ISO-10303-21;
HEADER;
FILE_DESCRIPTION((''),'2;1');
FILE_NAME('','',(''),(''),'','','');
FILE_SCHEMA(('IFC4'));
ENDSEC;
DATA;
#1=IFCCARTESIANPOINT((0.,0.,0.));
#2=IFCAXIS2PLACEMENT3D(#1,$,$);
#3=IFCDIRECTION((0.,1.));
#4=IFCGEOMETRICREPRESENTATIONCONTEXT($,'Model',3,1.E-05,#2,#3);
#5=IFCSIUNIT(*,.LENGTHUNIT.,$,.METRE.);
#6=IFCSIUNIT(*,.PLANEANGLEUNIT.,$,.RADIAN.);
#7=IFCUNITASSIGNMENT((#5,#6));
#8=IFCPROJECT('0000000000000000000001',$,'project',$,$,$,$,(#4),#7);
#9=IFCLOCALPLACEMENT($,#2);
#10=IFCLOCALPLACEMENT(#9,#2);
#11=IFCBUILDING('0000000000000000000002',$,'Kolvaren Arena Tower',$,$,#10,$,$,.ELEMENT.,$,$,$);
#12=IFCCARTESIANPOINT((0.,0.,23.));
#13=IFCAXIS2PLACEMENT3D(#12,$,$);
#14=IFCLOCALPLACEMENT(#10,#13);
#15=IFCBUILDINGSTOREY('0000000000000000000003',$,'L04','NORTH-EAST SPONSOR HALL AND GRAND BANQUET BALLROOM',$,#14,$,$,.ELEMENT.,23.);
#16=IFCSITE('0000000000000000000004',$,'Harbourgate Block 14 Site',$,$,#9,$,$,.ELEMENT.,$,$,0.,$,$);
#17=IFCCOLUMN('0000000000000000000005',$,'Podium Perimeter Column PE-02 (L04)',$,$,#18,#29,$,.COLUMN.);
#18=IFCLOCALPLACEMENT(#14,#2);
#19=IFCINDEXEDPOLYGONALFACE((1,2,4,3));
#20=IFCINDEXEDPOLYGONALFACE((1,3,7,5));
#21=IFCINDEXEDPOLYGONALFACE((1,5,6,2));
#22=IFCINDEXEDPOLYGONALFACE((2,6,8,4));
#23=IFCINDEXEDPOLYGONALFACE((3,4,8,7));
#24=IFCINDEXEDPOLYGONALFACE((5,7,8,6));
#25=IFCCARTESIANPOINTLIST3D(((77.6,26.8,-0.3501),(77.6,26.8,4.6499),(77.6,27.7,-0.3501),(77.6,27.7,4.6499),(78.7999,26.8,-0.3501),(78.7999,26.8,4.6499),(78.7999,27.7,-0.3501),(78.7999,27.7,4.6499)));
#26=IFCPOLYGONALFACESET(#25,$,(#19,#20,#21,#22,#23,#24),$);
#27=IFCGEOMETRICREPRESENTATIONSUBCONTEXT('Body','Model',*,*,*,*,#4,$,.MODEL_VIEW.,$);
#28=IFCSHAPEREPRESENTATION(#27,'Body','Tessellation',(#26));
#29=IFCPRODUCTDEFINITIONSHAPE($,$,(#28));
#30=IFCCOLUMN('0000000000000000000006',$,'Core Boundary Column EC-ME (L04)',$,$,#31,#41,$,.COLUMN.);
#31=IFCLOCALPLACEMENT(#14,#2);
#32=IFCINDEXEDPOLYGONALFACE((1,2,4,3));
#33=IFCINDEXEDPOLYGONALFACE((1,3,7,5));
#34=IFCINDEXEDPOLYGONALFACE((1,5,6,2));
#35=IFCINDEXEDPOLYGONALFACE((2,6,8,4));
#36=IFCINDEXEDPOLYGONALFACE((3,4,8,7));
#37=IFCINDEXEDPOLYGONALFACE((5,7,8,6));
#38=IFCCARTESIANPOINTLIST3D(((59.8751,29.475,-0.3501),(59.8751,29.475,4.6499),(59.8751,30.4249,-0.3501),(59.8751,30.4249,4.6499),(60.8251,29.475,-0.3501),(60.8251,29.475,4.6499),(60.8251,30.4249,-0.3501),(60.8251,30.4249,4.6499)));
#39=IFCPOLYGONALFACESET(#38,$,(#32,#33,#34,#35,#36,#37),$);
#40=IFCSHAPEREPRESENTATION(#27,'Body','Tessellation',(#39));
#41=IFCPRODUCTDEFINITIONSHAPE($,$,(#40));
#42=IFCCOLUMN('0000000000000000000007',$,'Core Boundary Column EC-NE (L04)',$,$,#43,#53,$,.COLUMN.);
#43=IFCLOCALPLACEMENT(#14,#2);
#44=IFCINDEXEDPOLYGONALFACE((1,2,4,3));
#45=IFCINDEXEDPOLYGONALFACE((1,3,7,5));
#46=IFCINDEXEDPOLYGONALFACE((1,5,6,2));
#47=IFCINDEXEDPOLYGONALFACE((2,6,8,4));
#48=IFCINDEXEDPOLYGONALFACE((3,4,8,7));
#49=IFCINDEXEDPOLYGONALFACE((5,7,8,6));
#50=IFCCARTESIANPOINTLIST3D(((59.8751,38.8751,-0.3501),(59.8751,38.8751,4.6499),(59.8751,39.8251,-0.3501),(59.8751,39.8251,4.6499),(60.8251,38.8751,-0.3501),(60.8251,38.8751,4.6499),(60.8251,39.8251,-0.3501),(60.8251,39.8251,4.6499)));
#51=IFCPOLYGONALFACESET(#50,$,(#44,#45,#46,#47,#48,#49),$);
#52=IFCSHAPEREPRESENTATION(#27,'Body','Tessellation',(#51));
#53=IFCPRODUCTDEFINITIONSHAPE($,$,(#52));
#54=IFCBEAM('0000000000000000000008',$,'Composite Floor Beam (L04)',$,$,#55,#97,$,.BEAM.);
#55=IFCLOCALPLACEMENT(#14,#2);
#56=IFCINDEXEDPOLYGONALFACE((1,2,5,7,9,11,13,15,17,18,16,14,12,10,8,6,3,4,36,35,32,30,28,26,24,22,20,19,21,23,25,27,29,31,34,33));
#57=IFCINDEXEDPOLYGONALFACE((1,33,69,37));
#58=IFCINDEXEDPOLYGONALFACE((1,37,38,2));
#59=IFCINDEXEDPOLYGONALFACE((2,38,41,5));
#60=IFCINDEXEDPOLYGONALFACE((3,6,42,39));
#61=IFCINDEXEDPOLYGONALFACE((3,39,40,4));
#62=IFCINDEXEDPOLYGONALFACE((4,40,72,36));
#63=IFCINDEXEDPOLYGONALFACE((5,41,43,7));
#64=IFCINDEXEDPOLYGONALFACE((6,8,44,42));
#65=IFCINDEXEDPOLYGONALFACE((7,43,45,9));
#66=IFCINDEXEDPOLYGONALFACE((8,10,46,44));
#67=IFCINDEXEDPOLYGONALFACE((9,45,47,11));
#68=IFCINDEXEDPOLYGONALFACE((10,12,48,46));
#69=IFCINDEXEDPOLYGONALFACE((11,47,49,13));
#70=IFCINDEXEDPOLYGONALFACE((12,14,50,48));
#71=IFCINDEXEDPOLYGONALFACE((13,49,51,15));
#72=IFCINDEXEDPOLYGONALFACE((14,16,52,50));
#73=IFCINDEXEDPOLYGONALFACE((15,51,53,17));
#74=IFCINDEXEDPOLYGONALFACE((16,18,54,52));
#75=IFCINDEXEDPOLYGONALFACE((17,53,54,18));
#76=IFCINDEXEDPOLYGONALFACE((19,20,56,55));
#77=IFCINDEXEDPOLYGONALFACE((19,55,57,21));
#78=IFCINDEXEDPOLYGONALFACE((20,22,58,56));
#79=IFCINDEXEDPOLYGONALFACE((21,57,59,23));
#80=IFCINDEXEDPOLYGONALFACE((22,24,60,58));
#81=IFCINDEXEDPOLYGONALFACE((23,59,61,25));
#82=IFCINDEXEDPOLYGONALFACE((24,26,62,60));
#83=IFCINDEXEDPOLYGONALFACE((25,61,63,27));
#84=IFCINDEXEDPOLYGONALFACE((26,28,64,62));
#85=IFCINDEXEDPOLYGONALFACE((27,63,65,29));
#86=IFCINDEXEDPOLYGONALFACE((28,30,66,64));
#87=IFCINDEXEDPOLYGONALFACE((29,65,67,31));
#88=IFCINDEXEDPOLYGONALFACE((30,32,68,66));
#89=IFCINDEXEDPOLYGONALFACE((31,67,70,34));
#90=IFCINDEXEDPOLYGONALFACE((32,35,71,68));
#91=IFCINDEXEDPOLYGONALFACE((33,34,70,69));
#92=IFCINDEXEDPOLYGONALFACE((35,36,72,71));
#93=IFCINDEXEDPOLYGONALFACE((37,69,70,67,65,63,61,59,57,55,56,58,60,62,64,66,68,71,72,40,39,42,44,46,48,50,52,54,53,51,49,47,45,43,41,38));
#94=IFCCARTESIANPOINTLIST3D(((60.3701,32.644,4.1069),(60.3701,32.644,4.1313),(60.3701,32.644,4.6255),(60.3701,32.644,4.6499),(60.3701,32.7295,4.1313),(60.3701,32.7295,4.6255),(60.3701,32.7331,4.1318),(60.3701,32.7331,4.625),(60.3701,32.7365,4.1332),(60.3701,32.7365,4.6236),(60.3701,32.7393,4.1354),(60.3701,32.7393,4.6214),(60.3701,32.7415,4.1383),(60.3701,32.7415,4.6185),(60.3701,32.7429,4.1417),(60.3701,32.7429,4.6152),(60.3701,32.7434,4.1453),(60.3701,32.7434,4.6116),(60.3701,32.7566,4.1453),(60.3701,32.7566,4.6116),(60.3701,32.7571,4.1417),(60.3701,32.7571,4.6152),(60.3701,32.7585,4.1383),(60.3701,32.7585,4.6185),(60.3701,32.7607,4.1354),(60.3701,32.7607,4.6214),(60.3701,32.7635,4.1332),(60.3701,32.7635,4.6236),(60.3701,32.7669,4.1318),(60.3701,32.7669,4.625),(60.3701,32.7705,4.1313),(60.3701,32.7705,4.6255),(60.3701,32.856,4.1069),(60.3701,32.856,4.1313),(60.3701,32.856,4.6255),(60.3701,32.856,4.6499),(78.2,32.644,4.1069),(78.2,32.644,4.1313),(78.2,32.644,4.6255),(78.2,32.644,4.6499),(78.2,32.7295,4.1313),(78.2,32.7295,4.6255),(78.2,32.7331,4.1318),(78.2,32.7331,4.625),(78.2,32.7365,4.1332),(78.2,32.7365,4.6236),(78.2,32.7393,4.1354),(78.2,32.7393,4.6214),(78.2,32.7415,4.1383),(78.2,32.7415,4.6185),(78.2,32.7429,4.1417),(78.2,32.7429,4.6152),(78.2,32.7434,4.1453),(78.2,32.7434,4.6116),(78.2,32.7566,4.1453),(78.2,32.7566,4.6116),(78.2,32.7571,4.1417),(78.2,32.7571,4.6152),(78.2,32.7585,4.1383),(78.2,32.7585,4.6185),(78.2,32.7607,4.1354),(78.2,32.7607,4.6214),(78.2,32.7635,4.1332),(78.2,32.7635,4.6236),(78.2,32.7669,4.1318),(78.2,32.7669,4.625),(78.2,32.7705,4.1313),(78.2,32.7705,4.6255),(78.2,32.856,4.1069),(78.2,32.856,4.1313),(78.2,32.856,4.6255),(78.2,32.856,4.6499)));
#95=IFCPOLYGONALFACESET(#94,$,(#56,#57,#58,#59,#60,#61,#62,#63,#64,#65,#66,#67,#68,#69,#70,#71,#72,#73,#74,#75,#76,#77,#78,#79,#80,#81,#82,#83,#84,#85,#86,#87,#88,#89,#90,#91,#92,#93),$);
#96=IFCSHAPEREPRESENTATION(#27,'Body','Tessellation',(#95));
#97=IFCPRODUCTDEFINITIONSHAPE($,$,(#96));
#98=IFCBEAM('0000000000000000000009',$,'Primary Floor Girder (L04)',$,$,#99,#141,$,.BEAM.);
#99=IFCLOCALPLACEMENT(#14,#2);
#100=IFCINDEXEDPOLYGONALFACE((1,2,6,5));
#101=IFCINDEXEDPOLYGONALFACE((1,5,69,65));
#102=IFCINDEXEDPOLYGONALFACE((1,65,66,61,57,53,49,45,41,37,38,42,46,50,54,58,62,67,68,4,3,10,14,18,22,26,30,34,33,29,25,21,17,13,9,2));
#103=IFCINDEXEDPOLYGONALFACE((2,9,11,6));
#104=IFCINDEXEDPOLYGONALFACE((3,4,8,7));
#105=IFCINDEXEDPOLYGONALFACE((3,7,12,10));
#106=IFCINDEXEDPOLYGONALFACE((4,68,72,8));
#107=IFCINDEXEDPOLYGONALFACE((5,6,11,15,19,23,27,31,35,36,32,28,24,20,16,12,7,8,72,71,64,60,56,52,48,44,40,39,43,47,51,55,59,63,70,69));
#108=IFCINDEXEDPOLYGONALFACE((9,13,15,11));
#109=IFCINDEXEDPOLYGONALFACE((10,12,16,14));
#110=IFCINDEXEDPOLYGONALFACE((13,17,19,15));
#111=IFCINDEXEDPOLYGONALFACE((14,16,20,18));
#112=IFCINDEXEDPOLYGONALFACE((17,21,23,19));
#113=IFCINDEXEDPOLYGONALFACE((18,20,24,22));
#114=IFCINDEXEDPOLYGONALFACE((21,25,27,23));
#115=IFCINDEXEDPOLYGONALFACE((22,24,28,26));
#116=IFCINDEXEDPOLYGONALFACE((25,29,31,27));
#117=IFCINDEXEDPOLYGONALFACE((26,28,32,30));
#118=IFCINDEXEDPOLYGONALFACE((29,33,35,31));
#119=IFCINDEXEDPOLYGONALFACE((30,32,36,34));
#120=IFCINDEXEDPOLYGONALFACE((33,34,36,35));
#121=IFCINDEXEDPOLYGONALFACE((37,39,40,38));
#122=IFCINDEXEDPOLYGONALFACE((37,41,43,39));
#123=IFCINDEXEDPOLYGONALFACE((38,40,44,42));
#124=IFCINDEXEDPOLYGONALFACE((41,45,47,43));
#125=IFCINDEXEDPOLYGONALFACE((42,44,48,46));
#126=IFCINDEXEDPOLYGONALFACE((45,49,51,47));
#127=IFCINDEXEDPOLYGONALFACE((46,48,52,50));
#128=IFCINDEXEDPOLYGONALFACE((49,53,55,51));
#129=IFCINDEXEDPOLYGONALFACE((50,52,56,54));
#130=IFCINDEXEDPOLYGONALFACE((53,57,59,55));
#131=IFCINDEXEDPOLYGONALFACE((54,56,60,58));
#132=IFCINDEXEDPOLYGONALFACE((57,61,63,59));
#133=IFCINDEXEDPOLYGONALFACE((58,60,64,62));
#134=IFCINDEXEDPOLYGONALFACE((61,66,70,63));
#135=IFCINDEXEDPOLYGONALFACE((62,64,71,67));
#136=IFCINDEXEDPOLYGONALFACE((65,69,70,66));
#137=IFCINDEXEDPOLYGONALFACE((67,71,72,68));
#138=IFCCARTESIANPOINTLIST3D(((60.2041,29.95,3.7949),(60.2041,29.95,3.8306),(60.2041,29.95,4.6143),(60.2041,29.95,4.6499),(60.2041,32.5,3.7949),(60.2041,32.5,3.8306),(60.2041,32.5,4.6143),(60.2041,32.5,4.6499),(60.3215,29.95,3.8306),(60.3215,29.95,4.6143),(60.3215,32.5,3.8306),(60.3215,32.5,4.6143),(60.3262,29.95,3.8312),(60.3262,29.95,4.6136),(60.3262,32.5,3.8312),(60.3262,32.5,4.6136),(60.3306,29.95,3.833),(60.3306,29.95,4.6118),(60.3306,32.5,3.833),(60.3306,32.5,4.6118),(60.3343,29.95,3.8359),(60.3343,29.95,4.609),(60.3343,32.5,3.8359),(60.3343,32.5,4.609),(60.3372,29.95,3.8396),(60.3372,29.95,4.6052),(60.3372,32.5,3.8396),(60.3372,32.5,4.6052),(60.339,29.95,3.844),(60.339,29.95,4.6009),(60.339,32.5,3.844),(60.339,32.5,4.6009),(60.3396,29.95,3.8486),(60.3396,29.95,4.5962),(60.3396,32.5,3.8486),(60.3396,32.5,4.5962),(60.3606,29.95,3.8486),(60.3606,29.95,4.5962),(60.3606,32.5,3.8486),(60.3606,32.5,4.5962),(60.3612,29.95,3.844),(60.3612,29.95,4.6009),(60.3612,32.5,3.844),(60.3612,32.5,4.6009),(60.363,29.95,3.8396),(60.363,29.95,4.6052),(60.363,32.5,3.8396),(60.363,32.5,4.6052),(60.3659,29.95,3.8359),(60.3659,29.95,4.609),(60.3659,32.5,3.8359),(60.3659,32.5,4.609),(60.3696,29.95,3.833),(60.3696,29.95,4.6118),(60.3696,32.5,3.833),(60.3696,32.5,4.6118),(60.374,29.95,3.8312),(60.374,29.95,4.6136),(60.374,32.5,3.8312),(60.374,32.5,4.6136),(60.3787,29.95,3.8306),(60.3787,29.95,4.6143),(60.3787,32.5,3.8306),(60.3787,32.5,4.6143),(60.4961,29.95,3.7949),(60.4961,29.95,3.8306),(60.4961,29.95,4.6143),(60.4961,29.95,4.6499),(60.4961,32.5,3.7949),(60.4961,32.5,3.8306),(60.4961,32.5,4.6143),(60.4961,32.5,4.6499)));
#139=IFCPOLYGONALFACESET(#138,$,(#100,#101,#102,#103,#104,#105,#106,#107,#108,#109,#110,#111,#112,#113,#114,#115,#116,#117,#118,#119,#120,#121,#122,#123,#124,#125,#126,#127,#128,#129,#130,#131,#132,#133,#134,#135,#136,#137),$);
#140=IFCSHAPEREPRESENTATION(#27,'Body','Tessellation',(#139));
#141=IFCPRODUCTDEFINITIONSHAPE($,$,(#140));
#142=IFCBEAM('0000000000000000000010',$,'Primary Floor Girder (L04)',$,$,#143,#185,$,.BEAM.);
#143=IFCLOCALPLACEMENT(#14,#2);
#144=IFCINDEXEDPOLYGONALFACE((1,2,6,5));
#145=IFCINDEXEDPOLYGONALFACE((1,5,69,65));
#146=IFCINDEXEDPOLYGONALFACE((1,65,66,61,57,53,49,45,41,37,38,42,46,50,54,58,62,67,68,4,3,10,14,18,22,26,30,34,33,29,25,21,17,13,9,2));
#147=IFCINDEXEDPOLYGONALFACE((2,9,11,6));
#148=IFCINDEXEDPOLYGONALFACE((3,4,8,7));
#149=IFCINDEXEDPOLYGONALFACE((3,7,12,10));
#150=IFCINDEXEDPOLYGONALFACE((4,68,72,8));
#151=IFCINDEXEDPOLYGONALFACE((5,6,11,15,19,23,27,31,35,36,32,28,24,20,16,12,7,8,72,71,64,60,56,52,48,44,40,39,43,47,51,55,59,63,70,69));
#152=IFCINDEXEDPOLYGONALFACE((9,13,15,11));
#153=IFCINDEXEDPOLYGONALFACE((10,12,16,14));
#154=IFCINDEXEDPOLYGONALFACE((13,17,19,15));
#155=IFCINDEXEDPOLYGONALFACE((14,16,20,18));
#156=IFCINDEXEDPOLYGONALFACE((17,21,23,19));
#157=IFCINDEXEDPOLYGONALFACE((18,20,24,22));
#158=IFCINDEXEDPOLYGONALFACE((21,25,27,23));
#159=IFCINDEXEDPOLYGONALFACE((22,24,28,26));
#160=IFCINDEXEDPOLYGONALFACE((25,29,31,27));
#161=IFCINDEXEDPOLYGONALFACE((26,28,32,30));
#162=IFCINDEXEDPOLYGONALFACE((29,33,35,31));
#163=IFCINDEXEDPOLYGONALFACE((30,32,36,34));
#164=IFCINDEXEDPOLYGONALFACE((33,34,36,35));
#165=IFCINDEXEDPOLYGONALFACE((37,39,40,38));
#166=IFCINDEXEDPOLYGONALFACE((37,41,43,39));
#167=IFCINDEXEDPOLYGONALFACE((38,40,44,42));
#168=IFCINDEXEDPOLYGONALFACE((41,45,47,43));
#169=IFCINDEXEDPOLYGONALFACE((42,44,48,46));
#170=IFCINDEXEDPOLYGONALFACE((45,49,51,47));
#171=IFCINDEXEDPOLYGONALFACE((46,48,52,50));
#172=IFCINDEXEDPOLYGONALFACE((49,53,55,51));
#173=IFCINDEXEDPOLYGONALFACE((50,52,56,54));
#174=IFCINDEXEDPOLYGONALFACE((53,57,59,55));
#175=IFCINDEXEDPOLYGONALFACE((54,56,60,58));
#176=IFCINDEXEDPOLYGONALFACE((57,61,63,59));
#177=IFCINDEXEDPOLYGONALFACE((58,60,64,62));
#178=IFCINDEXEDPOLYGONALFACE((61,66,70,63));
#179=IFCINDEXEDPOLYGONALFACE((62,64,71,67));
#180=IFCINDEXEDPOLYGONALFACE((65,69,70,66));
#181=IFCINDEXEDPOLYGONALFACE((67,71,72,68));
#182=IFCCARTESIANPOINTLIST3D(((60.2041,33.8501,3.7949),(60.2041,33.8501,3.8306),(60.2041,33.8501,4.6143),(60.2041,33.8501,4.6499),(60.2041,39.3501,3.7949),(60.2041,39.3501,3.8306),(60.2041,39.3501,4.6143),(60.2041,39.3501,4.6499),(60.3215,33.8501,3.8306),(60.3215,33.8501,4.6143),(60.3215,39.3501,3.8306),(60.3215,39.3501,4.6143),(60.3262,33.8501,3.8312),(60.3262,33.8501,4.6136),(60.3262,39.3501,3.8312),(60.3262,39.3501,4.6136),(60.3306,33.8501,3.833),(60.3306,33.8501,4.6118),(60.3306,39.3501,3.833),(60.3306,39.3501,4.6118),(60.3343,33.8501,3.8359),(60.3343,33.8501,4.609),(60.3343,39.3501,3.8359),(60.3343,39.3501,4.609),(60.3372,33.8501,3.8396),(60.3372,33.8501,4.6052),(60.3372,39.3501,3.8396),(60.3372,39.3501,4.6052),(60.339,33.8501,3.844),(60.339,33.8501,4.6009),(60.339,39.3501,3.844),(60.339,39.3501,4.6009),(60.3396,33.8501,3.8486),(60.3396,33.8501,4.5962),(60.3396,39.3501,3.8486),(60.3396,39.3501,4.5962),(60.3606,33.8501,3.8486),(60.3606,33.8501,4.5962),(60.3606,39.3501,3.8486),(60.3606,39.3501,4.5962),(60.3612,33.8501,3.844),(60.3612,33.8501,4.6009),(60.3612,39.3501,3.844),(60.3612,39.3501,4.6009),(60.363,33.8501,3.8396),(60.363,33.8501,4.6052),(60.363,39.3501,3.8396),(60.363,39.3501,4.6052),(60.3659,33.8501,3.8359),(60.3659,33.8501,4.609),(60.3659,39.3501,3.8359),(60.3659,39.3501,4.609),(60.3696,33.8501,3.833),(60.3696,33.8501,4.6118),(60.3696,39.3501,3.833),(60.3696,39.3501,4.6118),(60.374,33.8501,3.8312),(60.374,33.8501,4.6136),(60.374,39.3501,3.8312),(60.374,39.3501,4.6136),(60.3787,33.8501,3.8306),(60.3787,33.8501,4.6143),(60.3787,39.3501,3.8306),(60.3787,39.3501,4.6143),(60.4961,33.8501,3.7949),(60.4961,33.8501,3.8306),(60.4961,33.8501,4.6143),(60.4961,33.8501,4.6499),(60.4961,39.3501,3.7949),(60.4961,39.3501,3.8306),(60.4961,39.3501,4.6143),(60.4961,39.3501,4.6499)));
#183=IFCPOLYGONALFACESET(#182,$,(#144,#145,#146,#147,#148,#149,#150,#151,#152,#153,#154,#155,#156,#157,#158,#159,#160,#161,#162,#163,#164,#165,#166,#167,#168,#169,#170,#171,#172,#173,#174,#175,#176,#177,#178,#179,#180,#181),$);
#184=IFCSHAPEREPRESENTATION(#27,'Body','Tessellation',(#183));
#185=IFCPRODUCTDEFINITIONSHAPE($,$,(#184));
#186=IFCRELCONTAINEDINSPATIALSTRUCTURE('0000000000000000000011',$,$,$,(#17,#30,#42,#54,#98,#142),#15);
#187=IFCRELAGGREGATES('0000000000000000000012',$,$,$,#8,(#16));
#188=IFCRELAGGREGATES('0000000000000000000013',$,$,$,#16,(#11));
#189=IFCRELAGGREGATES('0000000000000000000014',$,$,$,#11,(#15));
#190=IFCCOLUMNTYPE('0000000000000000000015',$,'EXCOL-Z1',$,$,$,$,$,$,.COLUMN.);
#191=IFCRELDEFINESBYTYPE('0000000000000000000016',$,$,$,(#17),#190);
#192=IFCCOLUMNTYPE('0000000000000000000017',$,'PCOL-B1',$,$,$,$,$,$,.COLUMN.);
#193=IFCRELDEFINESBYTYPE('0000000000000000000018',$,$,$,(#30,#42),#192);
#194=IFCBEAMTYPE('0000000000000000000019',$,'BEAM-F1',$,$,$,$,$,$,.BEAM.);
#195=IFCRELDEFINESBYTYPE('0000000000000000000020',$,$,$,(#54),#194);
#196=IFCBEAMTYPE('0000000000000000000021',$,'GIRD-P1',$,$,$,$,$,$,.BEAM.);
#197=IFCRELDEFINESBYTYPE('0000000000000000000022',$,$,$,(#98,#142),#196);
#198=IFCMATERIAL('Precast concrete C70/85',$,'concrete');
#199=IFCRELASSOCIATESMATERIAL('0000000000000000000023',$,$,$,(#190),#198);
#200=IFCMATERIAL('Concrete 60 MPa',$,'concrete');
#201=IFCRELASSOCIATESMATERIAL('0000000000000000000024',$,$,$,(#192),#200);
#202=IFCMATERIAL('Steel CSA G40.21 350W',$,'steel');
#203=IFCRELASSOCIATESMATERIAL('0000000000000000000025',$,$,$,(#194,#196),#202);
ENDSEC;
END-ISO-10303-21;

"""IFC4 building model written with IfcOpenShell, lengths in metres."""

from ifc_helpers import new_model, si_unit, direction, frame, origin, origin_2d, place, context, subcontext, project, spatial, rectangle, i_section, extrude, material, material_profile, profile_set, type_object, element, save


model = new_model("IFC4")

# Units and contexts
model_context = context("Model", 3, precision=1e-05, world=origin(), true_north=direction((0.0, 1.0)))
body_context = subcontext(model_context, "Body", "Model", "MODEL_VIEW")
ifc_project = project(units=[si_unit("LENGTHUNIT", "METRE"), si_unit("PLANEANGLEUNIT", "RADIAN")], contexts=[model_context])

# Site, building, storey
site_placement = place(None, origin())
site = spatial("IfcSite", under=ifc_project, at=site_placement, Name="Harbourgate Block 14 Site", CompositionType="ELEMENT", RefElevation=0.0)
building_placement = place(site_placement, origin())
building = spatial("IfcBuilding", under=site, at=building_placement, Name="Kolvaren Arena Tower", CompositionType="ELEMENT")
storey_placement = place(building_placement, frame((0.0, 0.0, 23.0)))
storey = spatial("IfcBuildingStorey", under=building, at=storey_placement, Name="L04", Description="NORTH-EAST SPONSOR HALL AND GRAND BANQUET BALLROOM", CompositionType="ELEMENT", Elevation=23.0)

# Columns
ifc_material_1 = material(Name="Precast concrete C70/85", Category="concrete")
ifc_material_profile_1 = material_profile(ifc_material_1, rectangle(XDim=1.2, YDim=0.8999, at=origin_2d()), Name="RC-1200x900")
ifc_profile_set_1 = profile_set([ifc_material_profile_1], Name="Precast concrete C70/85")
column_type_1 = type_object("IfcColumnType", Name="EXCOL-Z1", PredefinedType="COLUMN", material=ifc_profile_set_1)
column_placement = place(storey_placement, frame((78.2, 27.25, -0.3501), z_axis=(0.0, 0.0, 1.0), x_axis=(1.0, 0.0, 0.0)))
element("IfcColumn", 1, at=column_placement, inside=storey, type_object=column_type_1, Name="Podium Perimeter Column PE-02 (L04)", PredefinedType="COLUMN", context=body_context, shape_type="SweptSolid", body=[
    extrude(rectangle(XDim=1.2, YDim=0.8999, at=origin_2d()), origin(), (0.0, 0.0, 1.0), 5.0),
])
ifc_material_2 = material(Name="Concrete 60 MPa", Category="concrete")
ifc_material_profile_2 = material_profile(ifc_material_2, rectangle(XDim=0.95, YDim=0.95, at=origin_2d()), Name="RC-950x950")
ifc_profile_set_2 = profile_set([ifc_material_profile_2], Name="Concrete 60 MPa")
column_type_2 = type_object("IfcColumnType", Name="PCOL-B1", PredefinedType="COLUMN", material=ifc_profile_set_2)
for number, where, z_axis, x_axis, name in (
    (2, (60.3501, 29.95, -0.3501), (0.0, 0.0, 1.0), (1.0, 0.0, 0.0), "Core Boundary Column EC-ME (L04)"),
    (3, (60.3501, 39.3501, -0.3501), (0.0, 0.0, 1.0), (1.0, 0.0, 0.0), "Core Boundary Column EC-NE (L04)"),
):
    element("IfcColumn", number, at=place(storey_placement, frame(where, z_axis=z_axis, x_axis=x_axis)), inside=storey, type_object=column_type_2, Name=name, PredefinedType="COLUMN", context=body_context, shape_type="SweptSolid", body=[
        extrude(rectangle(XDim=0.95, YDim=0.95, at=origin_2d()), origin(), (0.0, 0.0, 1.0), 5.0),
    ])

# Beams
ifc_material_3 = material(Name="Steel CSA G40.21 350W", Category="steel")
ifc_material_profile_3 = material_profile(ifc_material_3, i_section(OverallWidth=0.2119, OverallDepth=0.543, WebThickness=0.0132, FlangeThickness=0.0244, FilletRadius=0.0139, at=origin_2d()), Name="W530x150")
ifc_profile_set_3 = profile_set([ifc_material_profile_3], Name="Steel CSA G40.21 350W")
beam_type_1 = type_object("IfcBeamType", Name="BEAM-F1", PredefinedType="BEAM", material=ifc_profile_set_3)
beam_1_placement = place(storey_placement, frame((60.3701, 32.75, 4.3784), z_axis=(1.0, 0.0, 0.0), x_axis=(0.0, 1.0, 0.0)))
element("IfcBeam", 4, at=beam_1_placement, inside=storey, type_object=beam_type_1, Name="Composite Floor Beam (L04)", PredefinedType="BEAM", context=body_context, shape_type="SweptSolid", body=[
    extrude(i_section(OverallWidth=0.2119, OverallDepth=0.543, WebThickness=0.0132, FlangeThickness=0.0244, FilletRadius=0.0139, at=origin_2d()), origin(), (0.0, 0.0, 1.0), 17.8298),
])
ifc_material_profile_4 = material_profile(ifc_material_3, i_section(OverallWidth=0.292, OverallDepth=0.855, WebThickness=0.021, FlangeThickness=0.0356, FilletRadius=0.0181, at=origin_2d()), Name="W840x299")
ifc_profile_set_4 = profile_set([ifc_material_profile_4], Name="Steel CSA G40.21 350W")
beam_type_2 = type_object("IfcBeamType", Name="GIRD-P1", PredefinedType="BEAM", material=ifc_profile_set_4)
beam_2_placement = place(storey_placement, frame((60.3501, 29.95, 4.2224), z_axis=(0.0, 1.0, 0.0), x_axis=(-1.0, 0.0, 0.0)))
element("IfcBeam", 5, at=beam_2_placement, inside=storey, type_object=beam_type_2, Name="Primary Floor Girder (L04)", PredefinedType="BEAM", context=body_context, shape_type="SweptSolid", body=[
    extrude(i_section(OverallWidth=0.292, OverallDepth=0.855, WebThickness=0.021, FlangeThickness=0.0356, FilletRadius=0.0181, at=origin_2d()), origin(), (0.0, 0.0, 1.0), 2.55),
])
beam_3_placement = place(storey_placement, frame((60.3501, 33.8501, 4.2224), z_axis=(0.0, 1.0, 0.0), x_axis=(-1.0, 0.0, 0.0)))
element("IfcBeam", 6, at=beam_3_placement, inside=storey, type_object=beam_type_2, Name="Primary Floor Girder (L04)", PredefinedType="BEAM", context=body_context, shape_type="SweptSolid", body=[
    extrude(i_section(OverallWidth=0.292, OverallDepth=0.855, WebThickness=0.021, FlangeThickness=0.0356, FilletRadius=0.0181, at=origin_2d()), origin(), (0.0, 0.0, 1.0), 5.5),
])

save(model, "model.ifc")
